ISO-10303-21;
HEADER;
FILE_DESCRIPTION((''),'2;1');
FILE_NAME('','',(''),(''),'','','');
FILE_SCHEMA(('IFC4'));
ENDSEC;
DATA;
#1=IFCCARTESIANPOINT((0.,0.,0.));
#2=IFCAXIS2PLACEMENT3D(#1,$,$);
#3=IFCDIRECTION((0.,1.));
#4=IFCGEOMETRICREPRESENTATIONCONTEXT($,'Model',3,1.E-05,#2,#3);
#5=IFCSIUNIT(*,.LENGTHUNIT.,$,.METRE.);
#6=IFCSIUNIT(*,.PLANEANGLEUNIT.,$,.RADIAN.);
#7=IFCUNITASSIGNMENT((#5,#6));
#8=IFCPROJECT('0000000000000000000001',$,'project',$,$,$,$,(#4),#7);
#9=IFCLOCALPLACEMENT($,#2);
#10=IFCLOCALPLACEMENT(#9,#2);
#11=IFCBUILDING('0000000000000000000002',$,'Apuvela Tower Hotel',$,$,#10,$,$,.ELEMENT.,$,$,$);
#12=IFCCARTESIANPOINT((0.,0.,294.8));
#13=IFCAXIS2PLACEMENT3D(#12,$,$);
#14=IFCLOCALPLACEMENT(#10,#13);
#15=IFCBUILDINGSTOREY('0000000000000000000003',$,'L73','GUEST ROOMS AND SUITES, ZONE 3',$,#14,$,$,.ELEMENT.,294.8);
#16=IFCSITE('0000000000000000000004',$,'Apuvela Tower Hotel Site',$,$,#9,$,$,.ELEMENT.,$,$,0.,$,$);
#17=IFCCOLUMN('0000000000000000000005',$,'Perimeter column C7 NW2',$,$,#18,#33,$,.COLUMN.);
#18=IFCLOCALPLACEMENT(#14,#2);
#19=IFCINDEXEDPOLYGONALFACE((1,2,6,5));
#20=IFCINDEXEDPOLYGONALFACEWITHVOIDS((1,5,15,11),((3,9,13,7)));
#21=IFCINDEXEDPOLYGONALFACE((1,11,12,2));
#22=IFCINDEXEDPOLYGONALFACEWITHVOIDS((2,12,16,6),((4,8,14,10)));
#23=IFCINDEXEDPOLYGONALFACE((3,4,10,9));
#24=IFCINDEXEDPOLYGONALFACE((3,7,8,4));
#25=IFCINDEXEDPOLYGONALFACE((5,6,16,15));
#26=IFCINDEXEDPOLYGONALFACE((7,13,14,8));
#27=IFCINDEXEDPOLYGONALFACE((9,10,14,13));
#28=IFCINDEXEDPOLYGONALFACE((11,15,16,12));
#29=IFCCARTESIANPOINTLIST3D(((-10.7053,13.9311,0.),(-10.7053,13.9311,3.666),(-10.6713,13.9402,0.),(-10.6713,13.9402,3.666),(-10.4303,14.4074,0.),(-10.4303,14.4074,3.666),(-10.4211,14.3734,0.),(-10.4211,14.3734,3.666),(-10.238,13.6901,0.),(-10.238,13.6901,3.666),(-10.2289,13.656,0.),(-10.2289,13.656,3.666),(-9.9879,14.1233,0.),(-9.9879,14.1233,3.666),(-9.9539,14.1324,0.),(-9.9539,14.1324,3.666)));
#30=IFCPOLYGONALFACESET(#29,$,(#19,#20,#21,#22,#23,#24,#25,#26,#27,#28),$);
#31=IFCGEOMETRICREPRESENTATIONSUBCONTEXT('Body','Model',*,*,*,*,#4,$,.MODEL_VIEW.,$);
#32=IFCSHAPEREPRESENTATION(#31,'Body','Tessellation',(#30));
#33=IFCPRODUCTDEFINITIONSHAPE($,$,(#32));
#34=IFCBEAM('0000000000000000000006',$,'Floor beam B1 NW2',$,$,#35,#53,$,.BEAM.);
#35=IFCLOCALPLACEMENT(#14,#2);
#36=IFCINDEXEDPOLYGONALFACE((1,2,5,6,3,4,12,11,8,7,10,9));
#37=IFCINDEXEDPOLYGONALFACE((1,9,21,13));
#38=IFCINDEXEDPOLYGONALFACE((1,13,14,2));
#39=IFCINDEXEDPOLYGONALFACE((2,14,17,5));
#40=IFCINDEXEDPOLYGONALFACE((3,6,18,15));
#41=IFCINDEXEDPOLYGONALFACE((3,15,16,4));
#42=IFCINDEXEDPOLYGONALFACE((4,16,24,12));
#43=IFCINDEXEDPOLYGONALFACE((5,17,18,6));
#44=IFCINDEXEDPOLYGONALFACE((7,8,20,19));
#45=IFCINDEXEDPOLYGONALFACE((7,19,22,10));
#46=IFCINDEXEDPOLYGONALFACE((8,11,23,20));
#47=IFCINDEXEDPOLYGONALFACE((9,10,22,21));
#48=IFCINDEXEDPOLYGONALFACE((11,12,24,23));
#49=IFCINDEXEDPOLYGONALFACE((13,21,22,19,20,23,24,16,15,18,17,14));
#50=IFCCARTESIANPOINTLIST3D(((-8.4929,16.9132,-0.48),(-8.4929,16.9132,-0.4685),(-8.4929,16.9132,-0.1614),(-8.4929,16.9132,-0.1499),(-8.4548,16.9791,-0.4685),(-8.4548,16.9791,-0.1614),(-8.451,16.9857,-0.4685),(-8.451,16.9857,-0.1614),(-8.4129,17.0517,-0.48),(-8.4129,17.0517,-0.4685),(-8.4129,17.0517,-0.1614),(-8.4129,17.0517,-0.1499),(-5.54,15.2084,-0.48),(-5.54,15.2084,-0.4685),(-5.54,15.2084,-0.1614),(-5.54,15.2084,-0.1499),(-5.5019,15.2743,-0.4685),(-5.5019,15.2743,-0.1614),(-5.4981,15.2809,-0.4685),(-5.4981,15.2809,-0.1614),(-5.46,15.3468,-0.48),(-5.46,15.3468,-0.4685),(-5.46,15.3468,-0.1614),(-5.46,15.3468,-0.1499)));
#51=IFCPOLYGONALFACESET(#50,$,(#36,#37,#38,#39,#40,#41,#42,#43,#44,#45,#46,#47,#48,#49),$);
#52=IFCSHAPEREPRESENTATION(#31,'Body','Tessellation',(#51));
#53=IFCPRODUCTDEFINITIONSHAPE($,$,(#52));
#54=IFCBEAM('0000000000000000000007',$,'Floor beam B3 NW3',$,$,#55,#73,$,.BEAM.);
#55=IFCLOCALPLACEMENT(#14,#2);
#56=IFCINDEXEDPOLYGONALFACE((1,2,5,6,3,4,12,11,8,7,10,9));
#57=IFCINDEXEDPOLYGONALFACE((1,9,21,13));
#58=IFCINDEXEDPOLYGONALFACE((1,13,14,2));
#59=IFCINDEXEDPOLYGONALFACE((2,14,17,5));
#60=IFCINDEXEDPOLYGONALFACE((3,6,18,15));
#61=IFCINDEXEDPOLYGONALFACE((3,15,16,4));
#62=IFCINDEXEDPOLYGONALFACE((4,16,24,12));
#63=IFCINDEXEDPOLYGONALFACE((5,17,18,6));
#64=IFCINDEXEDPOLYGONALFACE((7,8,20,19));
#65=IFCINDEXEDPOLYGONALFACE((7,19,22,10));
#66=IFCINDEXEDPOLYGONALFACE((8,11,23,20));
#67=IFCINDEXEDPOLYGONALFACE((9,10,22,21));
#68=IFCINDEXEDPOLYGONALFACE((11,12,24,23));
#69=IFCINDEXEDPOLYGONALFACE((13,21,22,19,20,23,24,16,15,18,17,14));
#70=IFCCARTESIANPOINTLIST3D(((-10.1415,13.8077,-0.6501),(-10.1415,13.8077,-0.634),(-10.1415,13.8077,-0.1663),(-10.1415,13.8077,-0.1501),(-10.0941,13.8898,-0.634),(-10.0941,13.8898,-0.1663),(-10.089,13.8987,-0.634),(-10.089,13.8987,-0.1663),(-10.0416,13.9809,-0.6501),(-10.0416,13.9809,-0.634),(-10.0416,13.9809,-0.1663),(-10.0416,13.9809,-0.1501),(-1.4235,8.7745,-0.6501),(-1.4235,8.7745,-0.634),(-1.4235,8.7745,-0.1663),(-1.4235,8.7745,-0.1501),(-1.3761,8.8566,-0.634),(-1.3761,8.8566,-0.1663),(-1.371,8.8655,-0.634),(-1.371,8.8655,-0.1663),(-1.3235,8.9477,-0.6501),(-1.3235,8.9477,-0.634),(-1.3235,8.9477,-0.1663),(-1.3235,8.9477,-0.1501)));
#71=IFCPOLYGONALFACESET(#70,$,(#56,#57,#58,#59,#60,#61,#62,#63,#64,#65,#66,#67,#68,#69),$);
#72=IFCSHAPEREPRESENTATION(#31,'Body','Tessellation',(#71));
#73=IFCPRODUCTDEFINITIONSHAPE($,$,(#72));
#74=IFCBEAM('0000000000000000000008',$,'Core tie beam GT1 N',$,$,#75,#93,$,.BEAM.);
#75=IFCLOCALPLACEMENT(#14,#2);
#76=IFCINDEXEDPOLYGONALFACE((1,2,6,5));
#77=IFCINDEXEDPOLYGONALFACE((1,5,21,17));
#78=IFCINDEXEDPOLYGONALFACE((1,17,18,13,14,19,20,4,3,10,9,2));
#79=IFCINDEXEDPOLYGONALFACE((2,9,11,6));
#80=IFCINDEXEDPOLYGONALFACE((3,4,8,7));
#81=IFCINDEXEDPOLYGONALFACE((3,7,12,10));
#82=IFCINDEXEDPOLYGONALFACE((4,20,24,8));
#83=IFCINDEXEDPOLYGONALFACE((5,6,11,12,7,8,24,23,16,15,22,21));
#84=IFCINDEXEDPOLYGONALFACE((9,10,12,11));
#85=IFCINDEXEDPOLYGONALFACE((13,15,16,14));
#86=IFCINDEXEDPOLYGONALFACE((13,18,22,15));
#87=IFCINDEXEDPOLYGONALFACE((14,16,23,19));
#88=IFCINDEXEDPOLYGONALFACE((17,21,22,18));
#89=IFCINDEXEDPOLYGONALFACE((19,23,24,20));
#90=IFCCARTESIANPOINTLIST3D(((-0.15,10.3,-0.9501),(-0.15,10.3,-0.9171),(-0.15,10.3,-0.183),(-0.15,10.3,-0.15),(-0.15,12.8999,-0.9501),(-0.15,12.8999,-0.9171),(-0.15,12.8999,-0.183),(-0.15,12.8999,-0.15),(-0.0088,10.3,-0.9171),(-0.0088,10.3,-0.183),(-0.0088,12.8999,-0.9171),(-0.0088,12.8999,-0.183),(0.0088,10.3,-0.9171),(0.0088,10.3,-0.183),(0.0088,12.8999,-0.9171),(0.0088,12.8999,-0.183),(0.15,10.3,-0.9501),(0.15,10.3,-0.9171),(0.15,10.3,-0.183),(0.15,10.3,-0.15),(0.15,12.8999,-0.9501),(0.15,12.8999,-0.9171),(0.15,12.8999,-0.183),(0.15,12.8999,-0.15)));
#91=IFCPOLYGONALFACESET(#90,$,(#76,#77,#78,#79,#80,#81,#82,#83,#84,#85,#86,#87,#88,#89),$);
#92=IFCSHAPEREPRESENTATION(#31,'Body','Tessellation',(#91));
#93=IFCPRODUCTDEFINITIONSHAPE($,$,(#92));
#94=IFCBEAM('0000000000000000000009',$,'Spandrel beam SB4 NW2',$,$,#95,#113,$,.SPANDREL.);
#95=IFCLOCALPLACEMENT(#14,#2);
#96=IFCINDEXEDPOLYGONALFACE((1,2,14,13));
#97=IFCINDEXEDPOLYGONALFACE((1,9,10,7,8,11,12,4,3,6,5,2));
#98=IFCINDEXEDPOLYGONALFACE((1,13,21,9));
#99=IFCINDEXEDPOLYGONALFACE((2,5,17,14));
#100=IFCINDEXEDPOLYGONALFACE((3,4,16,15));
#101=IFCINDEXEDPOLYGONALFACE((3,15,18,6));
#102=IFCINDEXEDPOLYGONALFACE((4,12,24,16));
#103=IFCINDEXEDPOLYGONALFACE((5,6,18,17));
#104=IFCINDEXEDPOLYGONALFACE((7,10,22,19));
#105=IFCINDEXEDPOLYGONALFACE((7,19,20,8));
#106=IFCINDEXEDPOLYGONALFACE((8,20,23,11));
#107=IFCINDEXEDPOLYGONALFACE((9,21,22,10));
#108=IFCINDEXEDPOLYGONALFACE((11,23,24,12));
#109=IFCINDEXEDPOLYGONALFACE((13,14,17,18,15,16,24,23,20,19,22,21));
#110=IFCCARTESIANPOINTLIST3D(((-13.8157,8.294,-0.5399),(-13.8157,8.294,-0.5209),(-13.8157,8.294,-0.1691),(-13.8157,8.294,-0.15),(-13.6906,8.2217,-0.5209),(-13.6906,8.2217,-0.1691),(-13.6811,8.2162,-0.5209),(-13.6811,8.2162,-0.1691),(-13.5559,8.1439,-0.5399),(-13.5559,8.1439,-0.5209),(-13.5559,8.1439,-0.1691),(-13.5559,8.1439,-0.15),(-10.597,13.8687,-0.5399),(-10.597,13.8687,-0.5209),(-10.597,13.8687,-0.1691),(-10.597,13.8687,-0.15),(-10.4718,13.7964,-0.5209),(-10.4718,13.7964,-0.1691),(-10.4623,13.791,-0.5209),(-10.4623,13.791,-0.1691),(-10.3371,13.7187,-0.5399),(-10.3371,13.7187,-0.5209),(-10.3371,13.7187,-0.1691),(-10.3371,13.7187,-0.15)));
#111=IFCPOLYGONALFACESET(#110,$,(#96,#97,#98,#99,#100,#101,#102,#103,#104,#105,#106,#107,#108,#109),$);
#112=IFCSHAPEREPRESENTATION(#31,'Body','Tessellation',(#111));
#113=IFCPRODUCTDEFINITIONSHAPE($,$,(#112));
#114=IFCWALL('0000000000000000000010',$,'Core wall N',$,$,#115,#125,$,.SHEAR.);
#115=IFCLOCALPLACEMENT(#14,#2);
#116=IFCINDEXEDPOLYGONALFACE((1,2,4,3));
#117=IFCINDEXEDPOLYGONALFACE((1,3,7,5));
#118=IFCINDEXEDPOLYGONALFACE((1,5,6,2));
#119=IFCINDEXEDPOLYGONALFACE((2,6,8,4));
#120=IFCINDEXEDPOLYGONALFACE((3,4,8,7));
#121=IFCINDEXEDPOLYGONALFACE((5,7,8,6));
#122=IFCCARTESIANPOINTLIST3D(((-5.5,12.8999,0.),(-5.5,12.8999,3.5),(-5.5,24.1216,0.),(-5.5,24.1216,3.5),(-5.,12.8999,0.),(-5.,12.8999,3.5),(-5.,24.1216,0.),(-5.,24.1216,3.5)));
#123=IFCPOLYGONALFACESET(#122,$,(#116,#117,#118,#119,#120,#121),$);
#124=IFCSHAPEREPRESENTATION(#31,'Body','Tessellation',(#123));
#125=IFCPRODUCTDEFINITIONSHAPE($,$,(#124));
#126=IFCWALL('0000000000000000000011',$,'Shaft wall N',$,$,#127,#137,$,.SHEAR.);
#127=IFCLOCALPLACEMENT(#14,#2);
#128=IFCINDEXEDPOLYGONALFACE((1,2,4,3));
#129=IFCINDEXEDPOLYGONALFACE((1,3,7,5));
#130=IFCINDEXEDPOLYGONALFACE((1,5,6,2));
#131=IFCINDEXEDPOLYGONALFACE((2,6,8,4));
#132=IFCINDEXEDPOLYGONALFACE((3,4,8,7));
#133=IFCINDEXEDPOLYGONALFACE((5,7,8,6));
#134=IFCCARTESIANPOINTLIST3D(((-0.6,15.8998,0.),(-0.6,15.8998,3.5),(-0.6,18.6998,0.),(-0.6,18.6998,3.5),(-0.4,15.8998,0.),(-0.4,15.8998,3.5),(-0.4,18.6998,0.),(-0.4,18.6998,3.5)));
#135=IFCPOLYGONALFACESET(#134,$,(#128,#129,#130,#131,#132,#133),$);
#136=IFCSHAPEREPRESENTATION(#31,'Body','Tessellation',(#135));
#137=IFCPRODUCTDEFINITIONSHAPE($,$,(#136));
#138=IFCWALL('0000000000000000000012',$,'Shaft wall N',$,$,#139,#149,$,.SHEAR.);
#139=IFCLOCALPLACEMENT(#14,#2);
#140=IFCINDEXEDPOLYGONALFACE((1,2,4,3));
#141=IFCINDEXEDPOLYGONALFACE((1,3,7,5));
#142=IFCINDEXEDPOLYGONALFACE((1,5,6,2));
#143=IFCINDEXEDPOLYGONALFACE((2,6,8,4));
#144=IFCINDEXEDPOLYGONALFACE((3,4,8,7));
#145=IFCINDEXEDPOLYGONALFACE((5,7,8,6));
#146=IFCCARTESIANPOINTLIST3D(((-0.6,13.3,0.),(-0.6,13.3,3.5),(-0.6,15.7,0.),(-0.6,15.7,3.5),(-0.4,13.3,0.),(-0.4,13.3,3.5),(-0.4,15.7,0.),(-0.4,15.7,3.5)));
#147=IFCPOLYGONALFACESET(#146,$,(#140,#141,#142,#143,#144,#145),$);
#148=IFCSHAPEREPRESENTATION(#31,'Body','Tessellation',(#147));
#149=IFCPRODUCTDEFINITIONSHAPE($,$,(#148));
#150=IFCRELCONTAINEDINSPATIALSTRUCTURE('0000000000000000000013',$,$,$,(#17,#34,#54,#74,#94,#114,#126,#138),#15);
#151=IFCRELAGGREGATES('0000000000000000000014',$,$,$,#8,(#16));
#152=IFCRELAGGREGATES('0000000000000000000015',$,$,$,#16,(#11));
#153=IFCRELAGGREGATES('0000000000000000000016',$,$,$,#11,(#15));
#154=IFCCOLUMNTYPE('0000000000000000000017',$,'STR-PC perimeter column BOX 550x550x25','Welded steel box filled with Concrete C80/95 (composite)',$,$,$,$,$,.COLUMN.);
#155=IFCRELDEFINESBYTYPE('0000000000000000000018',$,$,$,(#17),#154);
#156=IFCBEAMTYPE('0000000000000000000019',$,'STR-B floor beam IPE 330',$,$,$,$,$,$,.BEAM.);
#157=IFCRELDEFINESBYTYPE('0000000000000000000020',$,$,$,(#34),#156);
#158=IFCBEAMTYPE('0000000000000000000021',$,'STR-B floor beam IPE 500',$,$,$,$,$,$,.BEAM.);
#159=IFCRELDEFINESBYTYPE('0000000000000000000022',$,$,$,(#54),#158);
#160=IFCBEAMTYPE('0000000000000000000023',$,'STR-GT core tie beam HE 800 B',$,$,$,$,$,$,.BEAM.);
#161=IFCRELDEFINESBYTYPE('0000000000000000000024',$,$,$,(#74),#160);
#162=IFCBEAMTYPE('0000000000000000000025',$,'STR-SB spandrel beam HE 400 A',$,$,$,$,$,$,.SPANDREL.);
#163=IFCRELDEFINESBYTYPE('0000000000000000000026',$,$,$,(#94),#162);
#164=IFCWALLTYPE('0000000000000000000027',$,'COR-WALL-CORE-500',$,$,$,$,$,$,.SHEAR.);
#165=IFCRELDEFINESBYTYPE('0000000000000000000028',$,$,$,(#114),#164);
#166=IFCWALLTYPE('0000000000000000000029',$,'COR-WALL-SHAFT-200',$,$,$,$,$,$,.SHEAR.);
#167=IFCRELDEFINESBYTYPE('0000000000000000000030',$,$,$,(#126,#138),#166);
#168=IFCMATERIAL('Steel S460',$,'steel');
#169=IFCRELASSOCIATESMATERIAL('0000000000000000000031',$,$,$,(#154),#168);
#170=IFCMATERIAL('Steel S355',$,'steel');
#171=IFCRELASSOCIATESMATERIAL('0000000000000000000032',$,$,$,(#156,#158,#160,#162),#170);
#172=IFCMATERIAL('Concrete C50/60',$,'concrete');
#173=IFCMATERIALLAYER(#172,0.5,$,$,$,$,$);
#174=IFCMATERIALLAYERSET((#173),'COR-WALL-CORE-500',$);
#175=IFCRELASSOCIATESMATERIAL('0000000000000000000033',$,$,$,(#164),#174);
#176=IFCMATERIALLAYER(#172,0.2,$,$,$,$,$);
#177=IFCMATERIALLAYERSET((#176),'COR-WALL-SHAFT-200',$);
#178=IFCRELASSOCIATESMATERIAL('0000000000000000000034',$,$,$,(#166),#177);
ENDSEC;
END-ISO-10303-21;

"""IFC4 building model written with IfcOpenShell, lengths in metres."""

from ifc_helpers import new_model, si_unit, direction, frame, frame_2d, origin, origin_2d, place, context, subcontext, project, spatial, rectangle, hollow_rectangle, i_section, extrude, boolean, halfspace, material, layer, layer_set, material_profile, profile_set, type_object, element, save


model = new_model("IFC4")

# Units and contexts
model_context = context("Model", 3, precision=1e-05, world=origin(), true_north=direction((0.0, 1.0)))
body_context = subcontext(model_context, "Body", "Model", "MODEL_VIEW")
ifc_project = project(units=[si_unit("LENGTHUNIT", "METRE"), si_unit("PLANEANGLEUNIT", "RADIAN")], contexts=[model_context])

# Site, building, storey
site_placement = place(None, origin())
site = spatial("IfcSite", under=ifc_project, at=site_placement, Name="Apuvela Tower Hotel Site", CompositionType="ELEMENT", RefElevation=0.0)
building_placement = place(site_placement, origin())
building = spatial("IfcBuilding", under=site, at=building_placement, Name="Apuvela Tower Hotel", CompositionType="ELEMENT")
storey_placement = place(building_placement, frame((0.0, 0.0, 294.8)))
storey = spatial("IfcBuildingStorey", under=building, at=storey_placement, Name="L73", Description="GUEST ROOMS AND SUITES, ZONE 3", CompositionType="ELEMENT", Elevation=294.8)

# Column
ifc_material_1 = material(Name="Steel S460", Category="steel")
ifc_material_profile_1 = material_profile(ifc_material_1, hollow_rectangle(XDim=0.55, YDim=0.55, WallThickness=0.0249, at=origin_2d()), Name="BOX 550x550x25")
ifc_material_2 = material(Name="Concrete C80/95", Category="concrete")
ifc_material_profile_2 = material_profile(ifc_material_2, rectangle(XDim=0.5, YDim=0.5, at=origin_2d()), Name="Concrete C80/95 infill")
ifc_profile_set_1 = profile_set([ifc_material_profile_1, ifc_material_profile_2], Name="Steel S460")
column_type = type_object("IfcColumnType", Name="STR-PC perimeter column BOX 550x550x25", Description="Welded steel box filled with Concrete C80/95 (composite)", PredefinedType="COLUMN", material=ifc_profile_set_1)
column_placement = place(storey_placement, frame((-10.3296, 14.0317, 0.0), z_axis=(0.0, 0.0, 1.0), x_axis=(0.5, 0.866025, 0.0)))
element("IfcColumn", 1, at=column_placement, inside=storey, type_object=column_type, Name="Perimeter column C7 NW2", PredefinedType="COLUMN", context=body_context, shape_type="SweptSolid", body=[
    boolean("DIFFERENCE", extrude(hollow_rectangle(XDim=0.55, YDim=0.55, WallThickness=0.0249, at=origin_2d()), origin(), (0.0, 0.0, 1.0), 3.7), halfspace(frame((0.0, 0.0, 3.666), z_axis=(0.0, 0.0, 1.0), x_axis=(1.0, 0.0, 0.0)), False)),
])

# Beams
ifc_material_3 = material(Name="Steel S355", Category="steel")
ifc_material_profile_3 = material_profile(ifc_material_3, i_section(OverallWidth=0.1599, OverallDepth=0.3301, WebThickness=0.0076, FlangeThickness=0.0115, at=origin_2d()), Name="IPE 330")
ifc_profile_set_2 = profile_set([ifc_material_profile_3], Name="Steel S355")
beam_type_1 = type_object("IfcBeamType", Name="STR-B floor beam IPE 330", PredefinedType="BEAM", material=ifc_profile_set_2)
beam_1_placement = place(storey_placement, frame((-8.4529, 16.9824, -0.3149), z_axis=(0.866027, -0.499997, 0.0), x_axis=(0.499997, 0.866027, 0.0)))
element("IfcBeam", 2, at=beam_1_placement, inside=storey, type_object=beam_type_1, Name="Floor beam B1 NW2", PredefinedType="BEAM", context=body_context, shape_type="SweptSolid", body=[
    extrude(i_section(OverallWidth=0.1599, OverallDepth=0.3301, WebThickness=0.0076, FlangeThickness=0.0115, at=origin_2d()), origin(), (0.0, 0.0, 1.0), 3.4097),
])
ifc_material_profile_4 = material_profile(ifc_material_3, i_section(OverallWidth=0.2, OverallDepth=0.5, WebThickness=0.0103, FlangeThickness=0.0161, at=origin_2d()), Name="IPE 500")
ifc_profile_set_3 = profile_set([ifc_material_profile_4], Name="Steel S355")
beam_type_2 = type_object("IfcBeamType", Name="STR-B floor beam IPE 500", PredefinedType="BEAM", material=ifc_profile_set_3)
beam_2_placement = place(storey_placement, frame((-10.0916, 13.8943, -0.4001), z_axis=(0.866032, -0.499989, 0.0), x_axis=(0.499989, 0.866032, 0.0)))
element("IfcBeam", 3, at=beam_2_placement, inside=storey, type_object=beam_type_2, Name="Floor beam B3 NW3", PredefinedType="BEAM", context=body_context, shape_type="SweptSolid", body=[
    extrude(i_section(OverallWidth=0.2, OverallDepth=0.5, WebThickness=0.0103, FlangeThickness=0.0161, at=origin_2d()), origin(), (0.0, 0.0, 1.0), 10.0667),
])
ifc_material_profile_5 = material_profile(ifc_material_3, i_section(OverallWidth=0.3, OverallDepth=0.8, WebThickness=0.0176, FlangeThickness=0.033, at=origin_2d()), Name="HE 800 B")
ifc_profile_set_4 = profile_set([ifc_material_profile_5], Name="Steel S355")
beam_type_3 = type_object("IfcBeamType", Name="STR-GT core tie beam HE 800 B", PredefinedType="BEAM", material=ifc_profile_set_4)
beam_3_placement = place(storey_placement, frame((0.0, 12.8999, -0.55), z_axis=(0.0, -1.0, 0.0), x_axis=(1.0, 0.0, 0.0)))
element("IfcBeam", 4, at=beam_3_placement, inside=storey, type_object=beam_type_3, Name="Core tie beam GT1 N", PredefinedType="BEAM", context=body_context, shape_type="SweptSolid", body=[
    extrude(i_section(OverallWidth=0.3, OverallDepth=0.8, WebThickness=0.0176, FlangeThickness=0.033, at=origin_2d()), origin(), (0.0, 0.0, 1.0), 2.5999),
])
ifc_material_profile_6 = material_profile(ifc_material_3, i_section(OverallWidth=0.3, OverallDepth=0.3899, WebThickness=0.011, FlangeThickness=0.019, at=origin_2d()), Name="HE 400 A")
ifc_profile_set_5 = profile_set([ifc_material_profile_6], Name="Steel S355")
beam_type_4 = type_object("IfcBeamType", Name="STR-SB spandrel beam HE 400 A", PredefinedType="SPANDREL", material=ifc_profile_set_5)
beam_4_placement = place(storey_placement, frame((-10.467, 13.7937, -0.345), z_axis=(-0.500022, -0.866013, 0.0), x_axis=(0.866013, -0.500022, 0.0)))
element("IfcBeam", 5, at=beam_4_placement, inside=storey, type_object=beam_type_4, Name="Spandrel beam SB4 NW2", PredefinedType="SPANDREL", context=body_context, shape_type="SweptSolid", body=[
    extrude(i_section(OverallWidth=0.3, OverallDepth=0.3899, WebThickness=0.011, FlangeThickness=0.019, at=origin_2d()), origin(), (0.0, 0.0, 1.0), 6.4373),
])

# Walls
ifc_material_4 = material(Name="Concrete C50/60", Category="concrete")
ifc_layer_1 = layer(ifc_material_4, 0.5)
ifc_layer_set_1 = layer_set([ifc_layer_1], Name="COR-WALL-CORE-500")
wall_type_1 = type_object("IfcWallType", Name="COR-WALL-CORE-500", PredefinedType="SHEAR", material=ifc_layer_set_1)
wall_1_placement = place(storey_placement, frame((-5.25, 12.8999, 0.0), z_axis=(0.0, 0.0, 1.0), x_axis=(0.0, 1.0, 0.0)))
element("IfcWall", 6, at=wall_1_placement, inside=storey, type_object=wall_type_1, Name="Core wall N", PredefinedType="SHEAR", context=body_context, shape_type="SweptSolid", body=[
    extrude(rectangle(XDim=11.2217, YDim=0.5, at=frame_2d((5.6108, 0.0))), origin(), (0.0, 0.0, 1.0), 3.5),
])
ifc_layer_2 = layer(ifc_material_4, 0.2)
ifc_layer_set_2 = layer_set([ifc_layer_2], Name="COR-WALL-SHAFT-200")
wall_type_2 = type_object("IfcWallType", Name="COR-WALL-SHAFT-200", PredefinedType="SHEAR", material=ifc_layer_set_2)
wall_2_placement = place(storey_placement, frame((-0.5, 15.8999, 0.0), z_axis=(0.0, 0.0, 1.0), x_axis=(0.0, 1.0, 0.0)))
element("IfcWall", 7, at=wall_2_placement, inside=storey, type_object=wall_type_2, Name="Shaft wall N", PredefinedType="SHEAR", context=body_context, shape_type="SweptSolid", body=[
    extrude(rectangle(XDim=2.8, YDim=0.2, at=frame_2d((1.3999, 0.0))), origin(), (0.0, 0.0, 1.0), 3.5),
])
wall_3_placement = place(storey_placement, frame((-0.5, 13.3, 0.0), z_axis=(0.0, 0.0, 1.0), x_axis=(0.0, 1.0, 0.0)))
element("IfcWall", 8, at=wall_3_placement, inside=storey, type_object=wall_type_2, Name="Shaft wall N", PredefinedType="SHEAR", context=body_context, shape_type="SweptSolid", body=[
    extrude(rectangle(XDim=2.3999, YDim=0.2, at=frame_2d((1.2, 0.0))), origin(), (0.0, 0.0, 1.0), 3.5),
])

save(model, "model.ifc")
